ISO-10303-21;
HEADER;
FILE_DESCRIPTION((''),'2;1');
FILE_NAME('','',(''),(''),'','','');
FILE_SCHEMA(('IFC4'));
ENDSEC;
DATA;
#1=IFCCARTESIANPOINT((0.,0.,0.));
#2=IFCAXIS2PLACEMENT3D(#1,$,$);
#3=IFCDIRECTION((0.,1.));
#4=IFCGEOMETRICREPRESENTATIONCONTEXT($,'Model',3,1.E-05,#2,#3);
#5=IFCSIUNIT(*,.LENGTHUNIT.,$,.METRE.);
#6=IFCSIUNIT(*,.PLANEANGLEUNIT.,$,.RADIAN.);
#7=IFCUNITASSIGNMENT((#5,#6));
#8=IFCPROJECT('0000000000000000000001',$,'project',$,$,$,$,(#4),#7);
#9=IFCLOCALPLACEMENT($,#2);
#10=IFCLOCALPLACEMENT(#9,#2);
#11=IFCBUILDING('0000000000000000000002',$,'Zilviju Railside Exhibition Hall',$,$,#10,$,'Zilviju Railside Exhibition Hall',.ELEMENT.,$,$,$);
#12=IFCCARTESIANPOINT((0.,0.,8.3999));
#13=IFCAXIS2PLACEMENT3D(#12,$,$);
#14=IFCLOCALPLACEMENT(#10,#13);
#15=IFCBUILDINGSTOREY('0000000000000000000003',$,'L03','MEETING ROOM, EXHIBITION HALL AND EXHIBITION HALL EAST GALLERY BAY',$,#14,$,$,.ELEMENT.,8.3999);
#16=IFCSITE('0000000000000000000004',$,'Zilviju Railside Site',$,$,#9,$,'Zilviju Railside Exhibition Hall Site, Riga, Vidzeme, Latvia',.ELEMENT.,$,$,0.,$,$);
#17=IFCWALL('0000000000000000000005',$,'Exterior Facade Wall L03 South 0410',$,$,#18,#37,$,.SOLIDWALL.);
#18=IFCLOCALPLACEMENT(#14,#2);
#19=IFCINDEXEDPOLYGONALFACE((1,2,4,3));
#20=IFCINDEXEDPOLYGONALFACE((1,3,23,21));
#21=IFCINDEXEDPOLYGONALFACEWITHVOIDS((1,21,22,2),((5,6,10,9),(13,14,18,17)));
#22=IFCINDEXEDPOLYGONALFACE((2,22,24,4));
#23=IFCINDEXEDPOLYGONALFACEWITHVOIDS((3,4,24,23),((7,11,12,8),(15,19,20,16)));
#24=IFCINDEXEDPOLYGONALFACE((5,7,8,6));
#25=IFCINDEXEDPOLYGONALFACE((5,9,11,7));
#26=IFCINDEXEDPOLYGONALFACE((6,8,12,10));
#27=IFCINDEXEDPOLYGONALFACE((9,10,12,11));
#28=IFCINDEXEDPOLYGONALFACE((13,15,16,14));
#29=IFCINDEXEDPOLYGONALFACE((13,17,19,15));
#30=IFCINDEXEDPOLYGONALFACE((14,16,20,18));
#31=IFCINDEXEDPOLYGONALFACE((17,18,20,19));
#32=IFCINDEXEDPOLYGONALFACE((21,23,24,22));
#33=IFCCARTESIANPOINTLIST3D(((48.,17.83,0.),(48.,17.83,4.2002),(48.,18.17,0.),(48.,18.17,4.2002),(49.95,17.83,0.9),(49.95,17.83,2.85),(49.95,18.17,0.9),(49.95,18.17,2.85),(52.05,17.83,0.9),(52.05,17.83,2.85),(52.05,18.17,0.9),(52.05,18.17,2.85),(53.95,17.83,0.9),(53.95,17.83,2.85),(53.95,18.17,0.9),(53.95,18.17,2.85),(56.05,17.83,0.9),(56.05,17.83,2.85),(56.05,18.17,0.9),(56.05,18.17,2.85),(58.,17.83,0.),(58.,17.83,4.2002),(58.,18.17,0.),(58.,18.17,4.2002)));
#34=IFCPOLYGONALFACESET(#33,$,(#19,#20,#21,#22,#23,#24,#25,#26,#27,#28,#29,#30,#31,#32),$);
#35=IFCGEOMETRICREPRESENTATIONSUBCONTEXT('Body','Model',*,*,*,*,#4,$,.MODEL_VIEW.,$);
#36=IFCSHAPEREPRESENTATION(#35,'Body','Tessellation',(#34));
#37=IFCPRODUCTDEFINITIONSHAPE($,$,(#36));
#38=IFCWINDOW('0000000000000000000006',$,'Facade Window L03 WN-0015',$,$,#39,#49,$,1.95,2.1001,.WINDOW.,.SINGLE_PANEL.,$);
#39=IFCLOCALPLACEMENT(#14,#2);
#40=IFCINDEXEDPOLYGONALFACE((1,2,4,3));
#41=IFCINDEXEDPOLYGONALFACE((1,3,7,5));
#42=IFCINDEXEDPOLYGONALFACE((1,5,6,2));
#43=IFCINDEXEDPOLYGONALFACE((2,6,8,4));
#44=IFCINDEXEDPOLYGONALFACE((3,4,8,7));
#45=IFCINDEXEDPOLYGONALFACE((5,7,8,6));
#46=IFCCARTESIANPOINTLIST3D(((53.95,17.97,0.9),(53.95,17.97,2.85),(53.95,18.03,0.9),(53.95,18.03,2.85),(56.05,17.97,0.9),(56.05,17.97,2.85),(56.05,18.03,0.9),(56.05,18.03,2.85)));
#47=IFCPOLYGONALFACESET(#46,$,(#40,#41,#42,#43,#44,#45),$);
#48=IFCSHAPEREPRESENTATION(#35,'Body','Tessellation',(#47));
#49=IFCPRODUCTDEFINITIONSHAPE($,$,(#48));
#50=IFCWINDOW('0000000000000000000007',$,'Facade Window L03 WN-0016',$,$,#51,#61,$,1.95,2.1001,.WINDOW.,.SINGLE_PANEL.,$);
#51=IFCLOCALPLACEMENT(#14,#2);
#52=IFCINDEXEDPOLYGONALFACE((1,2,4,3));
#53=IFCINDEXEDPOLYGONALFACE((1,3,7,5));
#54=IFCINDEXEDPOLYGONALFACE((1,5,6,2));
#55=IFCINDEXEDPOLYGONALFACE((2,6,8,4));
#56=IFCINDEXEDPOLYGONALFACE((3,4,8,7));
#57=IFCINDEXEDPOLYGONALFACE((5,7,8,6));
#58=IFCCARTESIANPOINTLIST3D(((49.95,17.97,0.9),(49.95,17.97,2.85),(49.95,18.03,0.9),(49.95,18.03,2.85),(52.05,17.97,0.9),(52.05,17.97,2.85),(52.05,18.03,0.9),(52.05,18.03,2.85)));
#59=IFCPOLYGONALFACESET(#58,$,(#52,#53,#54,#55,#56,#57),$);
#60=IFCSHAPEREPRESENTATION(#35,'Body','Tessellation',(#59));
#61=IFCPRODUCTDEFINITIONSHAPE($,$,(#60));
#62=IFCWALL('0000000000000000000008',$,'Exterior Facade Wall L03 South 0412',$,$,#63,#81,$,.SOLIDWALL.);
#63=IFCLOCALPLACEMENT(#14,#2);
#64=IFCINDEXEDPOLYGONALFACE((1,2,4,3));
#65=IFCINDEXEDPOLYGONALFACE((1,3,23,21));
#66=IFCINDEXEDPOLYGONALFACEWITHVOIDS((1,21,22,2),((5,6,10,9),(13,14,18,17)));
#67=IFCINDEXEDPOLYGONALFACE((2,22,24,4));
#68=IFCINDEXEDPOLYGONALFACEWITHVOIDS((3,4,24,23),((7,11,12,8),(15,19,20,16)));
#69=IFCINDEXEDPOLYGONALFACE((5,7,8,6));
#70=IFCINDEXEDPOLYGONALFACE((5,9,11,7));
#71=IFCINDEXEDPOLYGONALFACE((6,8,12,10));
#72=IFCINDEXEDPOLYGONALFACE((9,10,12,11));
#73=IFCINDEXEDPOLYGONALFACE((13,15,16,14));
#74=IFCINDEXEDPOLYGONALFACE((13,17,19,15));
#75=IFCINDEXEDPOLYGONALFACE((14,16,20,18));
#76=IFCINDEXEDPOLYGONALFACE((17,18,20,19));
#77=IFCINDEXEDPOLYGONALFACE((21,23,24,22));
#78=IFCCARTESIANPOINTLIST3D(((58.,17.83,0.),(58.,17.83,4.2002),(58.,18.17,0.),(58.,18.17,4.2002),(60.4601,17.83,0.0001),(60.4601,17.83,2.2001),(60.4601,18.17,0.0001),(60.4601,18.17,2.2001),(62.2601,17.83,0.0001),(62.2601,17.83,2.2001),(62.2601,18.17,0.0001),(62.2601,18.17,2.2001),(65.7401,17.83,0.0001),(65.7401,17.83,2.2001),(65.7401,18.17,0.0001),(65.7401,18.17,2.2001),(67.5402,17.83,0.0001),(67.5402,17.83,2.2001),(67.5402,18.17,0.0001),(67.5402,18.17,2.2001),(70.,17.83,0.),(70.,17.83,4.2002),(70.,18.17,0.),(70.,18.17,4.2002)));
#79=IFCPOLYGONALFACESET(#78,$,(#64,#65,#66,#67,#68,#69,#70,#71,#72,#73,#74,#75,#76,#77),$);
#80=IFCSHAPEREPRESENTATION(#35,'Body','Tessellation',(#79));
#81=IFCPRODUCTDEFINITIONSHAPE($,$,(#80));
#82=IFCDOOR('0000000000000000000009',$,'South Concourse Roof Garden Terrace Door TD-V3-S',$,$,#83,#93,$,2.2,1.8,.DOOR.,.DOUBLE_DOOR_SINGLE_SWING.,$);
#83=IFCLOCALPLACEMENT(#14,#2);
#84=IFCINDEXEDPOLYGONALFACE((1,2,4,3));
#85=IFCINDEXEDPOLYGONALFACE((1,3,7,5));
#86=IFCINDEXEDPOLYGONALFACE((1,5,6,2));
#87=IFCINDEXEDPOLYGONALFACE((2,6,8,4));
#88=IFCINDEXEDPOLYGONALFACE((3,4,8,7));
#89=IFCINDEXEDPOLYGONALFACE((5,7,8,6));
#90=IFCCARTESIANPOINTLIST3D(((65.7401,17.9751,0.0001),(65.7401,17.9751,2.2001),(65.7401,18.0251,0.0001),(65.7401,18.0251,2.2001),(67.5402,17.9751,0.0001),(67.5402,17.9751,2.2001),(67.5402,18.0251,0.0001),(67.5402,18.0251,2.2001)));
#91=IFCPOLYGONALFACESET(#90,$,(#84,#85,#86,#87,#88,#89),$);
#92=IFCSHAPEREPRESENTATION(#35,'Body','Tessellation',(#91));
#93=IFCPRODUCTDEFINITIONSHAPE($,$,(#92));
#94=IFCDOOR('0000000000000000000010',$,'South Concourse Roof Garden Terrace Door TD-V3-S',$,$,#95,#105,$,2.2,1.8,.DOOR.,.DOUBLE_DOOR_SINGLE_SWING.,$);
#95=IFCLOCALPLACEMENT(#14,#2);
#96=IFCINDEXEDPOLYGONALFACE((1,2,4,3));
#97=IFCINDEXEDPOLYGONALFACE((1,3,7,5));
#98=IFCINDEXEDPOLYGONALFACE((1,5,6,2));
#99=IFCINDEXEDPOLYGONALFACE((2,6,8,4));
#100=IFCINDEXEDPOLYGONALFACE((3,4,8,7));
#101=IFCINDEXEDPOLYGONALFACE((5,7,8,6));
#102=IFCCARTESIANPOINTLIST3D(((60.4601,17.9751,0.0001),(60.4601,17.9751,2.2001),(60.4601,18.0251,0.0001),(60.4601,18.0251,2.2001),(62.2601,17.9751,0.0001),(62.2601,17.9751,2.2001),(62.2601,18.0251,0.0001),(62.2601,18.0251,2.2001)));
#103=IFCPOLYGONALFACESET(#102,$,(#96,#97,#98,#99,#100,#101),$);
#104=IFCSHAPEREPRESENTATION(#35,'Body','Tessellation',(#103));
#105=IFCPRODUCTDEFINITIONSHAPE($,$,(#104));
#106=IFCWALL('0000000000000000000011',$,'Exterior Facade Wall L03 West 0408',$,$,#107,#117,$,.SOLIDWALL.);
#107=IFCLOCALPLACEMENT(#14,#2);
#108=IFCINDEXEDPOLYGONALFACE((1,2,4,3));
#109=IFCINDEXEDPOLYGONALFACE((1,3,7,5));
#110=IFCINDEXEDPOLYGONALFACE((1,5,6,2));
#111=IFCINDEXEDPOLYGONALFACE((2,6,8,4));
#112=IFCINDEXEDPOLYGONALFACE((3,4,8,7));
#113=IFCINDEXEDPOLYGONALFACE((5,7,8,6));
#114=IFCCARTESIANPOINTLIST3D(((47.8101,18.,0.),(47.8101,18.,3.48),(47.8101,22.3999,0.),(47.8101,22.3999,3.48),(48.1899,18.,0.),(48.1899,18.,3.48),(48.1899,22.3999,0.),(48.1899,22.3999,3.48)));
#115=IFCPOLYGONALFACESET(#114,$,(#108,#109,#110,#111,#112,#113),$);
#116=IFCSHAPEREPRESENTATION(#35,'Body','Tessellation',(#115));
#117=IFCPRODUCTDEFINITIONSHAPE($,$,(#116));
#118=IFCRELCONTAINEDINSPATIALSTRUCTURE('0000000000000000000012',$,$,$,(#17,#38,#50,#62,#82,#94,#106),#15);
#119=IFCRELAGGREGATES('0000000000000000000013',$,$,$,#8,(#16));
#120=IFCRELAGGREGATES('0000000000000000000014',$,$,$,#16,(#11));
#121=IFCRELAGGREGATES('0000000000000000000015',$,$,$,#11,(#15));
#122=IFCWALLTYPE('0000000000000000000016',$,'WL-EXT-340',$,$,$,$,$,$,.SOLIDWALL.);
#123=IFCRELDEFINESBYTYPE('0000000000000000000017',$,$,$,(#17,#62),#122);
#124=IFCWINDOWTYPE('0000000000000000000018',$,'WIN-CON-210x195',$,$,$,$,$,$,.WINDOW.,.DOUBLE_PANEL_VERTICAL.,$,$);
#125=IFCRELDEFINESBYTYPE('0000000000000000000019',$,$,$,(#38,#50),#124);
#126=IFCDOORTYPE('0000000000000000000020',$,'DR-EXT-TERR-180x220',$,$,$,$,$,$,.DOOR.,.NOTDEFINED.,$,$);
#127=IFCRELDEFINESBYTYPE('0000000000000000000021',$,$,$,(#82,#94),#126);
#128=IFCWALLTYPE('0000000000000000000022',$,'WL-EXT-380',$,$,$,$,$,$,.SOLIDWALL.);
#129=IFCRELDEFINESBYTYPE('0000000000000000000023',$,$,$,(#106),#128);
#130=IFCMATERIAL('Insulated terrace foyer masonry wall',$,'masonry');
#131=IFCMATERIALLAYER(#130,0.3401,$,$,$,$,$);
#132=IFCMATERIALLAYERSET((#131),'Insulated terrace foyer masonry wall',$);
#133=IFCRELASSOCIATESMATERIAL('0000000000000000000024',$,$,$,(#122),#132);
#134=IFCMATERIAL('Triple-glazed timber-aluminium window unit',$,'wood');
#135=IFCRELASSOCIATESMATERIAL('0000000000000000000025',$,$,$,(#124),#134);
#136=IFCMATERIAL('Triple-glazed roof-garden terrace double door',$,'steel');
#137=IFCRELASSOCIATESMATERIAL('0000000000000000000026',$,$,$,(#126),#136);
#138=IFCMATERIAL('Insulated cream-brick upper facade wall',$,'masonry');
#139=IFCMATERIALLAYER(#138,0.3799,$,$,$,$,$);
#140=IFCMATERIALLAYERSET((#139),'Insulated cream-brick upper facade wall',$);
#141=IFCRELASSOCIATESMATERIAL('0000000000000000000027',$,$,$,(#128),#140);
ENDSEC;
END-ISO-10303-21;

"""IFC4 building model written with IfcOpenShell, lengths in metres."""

from ifc_helpers import new_model, si_unit, direction, frame, frame_2d, origin, place, context, subcontext, project, spatial, rectangle, extrude, material, layer, layer_set, type_object, element, fill, save


model = new_model("IFC4")

# Units and contexts
model_context = context("Model", 3, precision=1e-05, world=origin(), true_north=direction((0.0, 1.0)))
body_context = subcontext(model_context, "Body", "Model", "MODEL_VIEW")
ifc_project = project(units=[si_unit("LENGTHUNIT", "METRE"), si_unit("PLANEANGLEUNIT", "RADIAN")], contexts=[model_context])

# Site, building, storey
site_placement = place(None, origin())
site = spatial("IfcSite", under=ifc_project, at=site_placement, Name="Zilviju Railside Site", LongName="Zilviju Railside Exhibition Hall Site, Riga, Vidzeme, Latvia", CompositionType="ELEMENT", RefElevation=0.0)
building_placement = place(site_placement, origin())
building = spatial("IfcBuilding", under=site, at=building_placement, Name="Zilviju Railside Exhibition Hall", LongName="Zilviju Railside Exhibition Hall", CompositionType="ELEMENT")
storey_placement = place(building_placement, frame((0.0, 0.0, 8.3999)))
storey = spatial("IfcBuildingStorey", under=building, at=storey_placement, Name="L03", Description="MEETING ROOM, EXHIBITION HALL AND EXHIBITION HALL EAST GALLERY BAY", CompositionType="ELEMENT", Elevation=8.3999)

# Wall, openings, windows
ifc_material_1 = material(Name="Insulated terrace foyer masonry wall", Category="masonry")
ifc_layer_1 = layer(ifc_material_1, 0.3401)
ifc_layer_set_1 = layer_set([ifc_layer_1], Name="Insulated terrace foyer masonry wall")
wall_type_1 = type_object("IfcWallType", Name="WL-EXT-340", PredefinedType="SOLIDWALL", material=ifc_layer_set_1)
wall_1_placement = place(storey_placement, frame((58.0, 18.0, 0.0), z_axis=(0.0, 0.0, 1.0), x_axis=(-1.0, 0.0, 0.0)))
wall_1 = element("IfcWall", 1, at=wall_1_placement, inside=storey, type_object=wall_type_1, Name="Exterior Facade Wall L03 South 0410", PredefinedType="SOLIDWALL", context=body_context, shape_type="SweptSolid", body=[
    extrude(rectangle(XDim=10.0, YDim=0.3401, at=frame_2d((5.0, 0.0))), origin(), (0.0, 0.0, 1.0), 4.2002),
])
opening_1_placement = place(wall_1_placement, frame((1.95, 0.0, 0.8999)))
opening_1 = element("IfcOpeningElement", 2, at=opening_1_placement, cuts=wall_1, PredefinedType="OPENING", context=body_context, shape_type="SweptSolid", body=[
    extrude(rectangle(XDim=2.1001, YDim=1.95, at=frame_2d((1.05, 0.9751))), frame((0.0, 0.1799, 0.0), z_axis=(0.0, -1.0, 0.0), x_axis=(1.0, 0.0, 0.0)), (0.0, 0.0, 1.0), 0.3601),
])
opening_2_placement = place(wall_1_placement, frame((5.95, 0.0, 0.8999)))
opening_2 = element("IfcOpeningElement", 3, at=opening_2_placement, cuts=wall_1, PredefinedType="OPENING", context=body_context, shape_type="SweptSolid", body=[
    extrude(rectangle(XDim=2.1001, YDim=1.95, at=frame_2d((1.05, 0.9751))), frame((0.0, 0.1799, 0.0), z_axis=(0.0, -1.0, 0.0), x_axis=(1.0, 0.0, 0.0)), (0.0, 0.0, 1.0), 0.3601),
])
ifc_material_2 = material(Name="Triple-glazed timber-aluminium window unit", Category="wood")
window_type = type_object("IfcWindowType", Name="WIN-CON-210x195", PartitioningType="DOUBLE_PANEL_VERTICAL", PredefinedType="WINDOW", material=ifc_material_2)
window_1_placement = place(opening_1_placement, origin())
window_1 = element("IfcWindow", 4, at=window_1_placement, inside=storey, type_object=window_type, Name="Facade Window L03 WN-0015", OverallHeight=1.95, OverallWidth=2.1001, PartitioningType="SINGLE_PANEL", PredefinedType="WINDOW", context=body_context, shape_type="SweptSolid", body=[
    extrude(rectangle(XDim=2.1001, YDim=1.95, at=frame_2d((1.05, 0.9751))), frame((0.0, 0.03, 0.0), z_axis=(0.0, -1.0, 0.0), x_axis=(1.0, 0.0, 0.0)), (0.0, 0.0, 1.0), 0.0601),
])
fill(opening_1, window_1)
window_2_placement = place(opening_2_placement, origin())
window_2 = element("IfcWindow", 5, at=window_2_placement, inside=storey, type_object=window_type, Name="Facade Window L03 WN-0016", OverallHeight=1.95, OverallWidth=2.1001, PartitioningType="SINGLE_PANEL", PredefinedType="WINDOW", context=body_context, shape_type="SweptSolid", body=[
    extrude(rectangle(XDim=2.1001, YDim=1.95, at=frame_2d((1.05, 0.9751))), frame((0.0, 0.03, 0.0), z_axis=(0.0, -1.0, 0.0), x_axis=(1.0, 0.0, 0.0)), (0.0, 0.0, 1.0), 0.0601),
])
fill(opening_2, window_2)

# Wall, openings, doors
wall_2_placement = place(storey_placement, frame((70.0, 18.0, 0.0), z_axis=(0.0, 0.0, 1.0), x_axis=(-1.0, 0.0, 0.0)))
wall_2 = element("IfcWall", 6, at=wall_2_placement, inside=storey, type_object=wall_type_1, Name="Exterior Facade Wall L03 South 0412", PredefinedType="SOLIDWALL", context=body_context, shape_type="SweptSolid", body=[
    extrude(rectangle(XDim=12.0, YDim=0.3401, at=frame_2d((6.0, 0.0))), origin(), (0.0, 0.0, 1.0), 4.2002),
])
opening_3_placement = place(wall_2_placement, frame((2.46, 0.0, 0.0)))
opening_3 = element("IfcOpeningElement", 7, at=opening_3_placement, cuts=wall_2, PredefinedType="OPENING", context=body_context, shape_type="SweptSolid", body=[
    extrude(rectangle(XDim=1.8, YDim=2.2, at=frame_2d((0.8999, 1.1001))), frame((0.0, 0.1799, 0.0), z_axis=(0.0, -1.0, 0.0), x_axis=(1.0, 0.0, 0.0)), (0.0, 0.0, 1.0), 0.3601),
])
opening_4_placement = place(wall_2_placement, frame((7.74, 0.0, 0.0)))
opening_4 = element("IfcOpeningElement", 8, at=opening_4_placement, cuts=wall_2, PredefinedType="OPENING", context=body_context, shape_type="SweptSolid", body=[
    extrude(rectangle(XDim=1.8, YDim=2.2, at=frame_2d((0.8999, 1.1001))), frame((0.0, 0.1799, 0.0), z_axis=(0.0, -1.0, 0.0), x_axis=(1.0, 0.0, 0.0)), (0.0, 0.0, 1.0), 0.3601),
])
ifc_material_3 = material(Name="Triple-glazed roof-garden terrace double door", Category="steel")
door_type = type_object("IfcDoorType", Name="DR-EXT-TERR-180x220", OperationType="NOTDEFINED", PredefinedType="DOOR", material=ifc_material_3)
door_1_placement = place(opening_3_placement, origin())
door_1 = element("IfcDoor", 9, at=door_1_placement, inside=storey, type_object=door_type, Name="South Concourse Roof Garden Terrace Door TD-V3-S", OperationType="DOUBLE_DOOR_SINGLE_SWING", OverallHeight=2.2, OverallWidth=1.8, PredefinedType="DOOR", context=body_context, shape_type="SweptSolid", body=[
    extrude(rectangle(XDim=1.8, YDim=2.2, at=frame_2d((0.8999, 1.1001))), frame((0.0, 0.0249, 0.0), z_axis=(0.0, -1.0, 0.0), x_axis=(1.0, 0.0, 0.0)), (0.0, 0.0, 1.0), 0.05),
])
fill(opening_3, door_1)
door_2_placement = place(opening_4_placement, origin())
door_2 = element("IfcDoor", 10, at=door_2_placement, inside=storey, type_object=door_type, Name="South Concourse Roof Garden Terrace Door TD-V3-S", OperationType="DOUBLE_DOOR_SINGLE_SWING", OverallHeight=2.2, OverallWidth=1.8, PredefinedType="DOOR", context=body_context, shape_type="SweptSolid", body=[
    extrude(rectangle(XDim=1.8, YDim=2.2, at=frame_2d((0.8999, 1.1001))), frame((0.0, 0.0249, 0.0), z_axis=(0.0, -1.0, 0.0), x_axis=(1.0, 0.0, 0.0)), (0.0, 0.0, 1.0), 0.05),
])
fill(opening_4, door_2)

# Wall
ifc_material_4 = material(Name="Insulated cream-brick upper facade wall", Category="masonry")
ifc_layer_2 = layer(ifc_material_4, 0.3799)
ifc_layer_set_2 = layer_set([ifc_layer_2], Name="Insulated cream-brick upper facade wall")
wall_type_2 = type_object("IfcWallType", Name="WL-EXT-380", PredefinedType="SOLIDWALL", material=ifc_layer_set_2)
wall_3_placement = place(storey_placement, frame((48.0, 18.0, 0.0), z_axis=(0.0, 0.0, 1.0), x_axis=(0.0, 1.0, 0.0)))
element("IfcWall", 11, at=wall_3_placement, inside=storey, type_object=wall_type_2, Name="Exterior Facade Wall L03 West 0408", PredefinedType="SOLIDWALL", context=body_context, shape_type="SweptSolid", body=[
    extrude(rectangle(XDim=4.3999, YDim=0.3799, at=frame_2d((2.2, 0.0))), origin(), (0.0, 0.0, 1.0), 3.48),
])

save(model, "model.ifc")
